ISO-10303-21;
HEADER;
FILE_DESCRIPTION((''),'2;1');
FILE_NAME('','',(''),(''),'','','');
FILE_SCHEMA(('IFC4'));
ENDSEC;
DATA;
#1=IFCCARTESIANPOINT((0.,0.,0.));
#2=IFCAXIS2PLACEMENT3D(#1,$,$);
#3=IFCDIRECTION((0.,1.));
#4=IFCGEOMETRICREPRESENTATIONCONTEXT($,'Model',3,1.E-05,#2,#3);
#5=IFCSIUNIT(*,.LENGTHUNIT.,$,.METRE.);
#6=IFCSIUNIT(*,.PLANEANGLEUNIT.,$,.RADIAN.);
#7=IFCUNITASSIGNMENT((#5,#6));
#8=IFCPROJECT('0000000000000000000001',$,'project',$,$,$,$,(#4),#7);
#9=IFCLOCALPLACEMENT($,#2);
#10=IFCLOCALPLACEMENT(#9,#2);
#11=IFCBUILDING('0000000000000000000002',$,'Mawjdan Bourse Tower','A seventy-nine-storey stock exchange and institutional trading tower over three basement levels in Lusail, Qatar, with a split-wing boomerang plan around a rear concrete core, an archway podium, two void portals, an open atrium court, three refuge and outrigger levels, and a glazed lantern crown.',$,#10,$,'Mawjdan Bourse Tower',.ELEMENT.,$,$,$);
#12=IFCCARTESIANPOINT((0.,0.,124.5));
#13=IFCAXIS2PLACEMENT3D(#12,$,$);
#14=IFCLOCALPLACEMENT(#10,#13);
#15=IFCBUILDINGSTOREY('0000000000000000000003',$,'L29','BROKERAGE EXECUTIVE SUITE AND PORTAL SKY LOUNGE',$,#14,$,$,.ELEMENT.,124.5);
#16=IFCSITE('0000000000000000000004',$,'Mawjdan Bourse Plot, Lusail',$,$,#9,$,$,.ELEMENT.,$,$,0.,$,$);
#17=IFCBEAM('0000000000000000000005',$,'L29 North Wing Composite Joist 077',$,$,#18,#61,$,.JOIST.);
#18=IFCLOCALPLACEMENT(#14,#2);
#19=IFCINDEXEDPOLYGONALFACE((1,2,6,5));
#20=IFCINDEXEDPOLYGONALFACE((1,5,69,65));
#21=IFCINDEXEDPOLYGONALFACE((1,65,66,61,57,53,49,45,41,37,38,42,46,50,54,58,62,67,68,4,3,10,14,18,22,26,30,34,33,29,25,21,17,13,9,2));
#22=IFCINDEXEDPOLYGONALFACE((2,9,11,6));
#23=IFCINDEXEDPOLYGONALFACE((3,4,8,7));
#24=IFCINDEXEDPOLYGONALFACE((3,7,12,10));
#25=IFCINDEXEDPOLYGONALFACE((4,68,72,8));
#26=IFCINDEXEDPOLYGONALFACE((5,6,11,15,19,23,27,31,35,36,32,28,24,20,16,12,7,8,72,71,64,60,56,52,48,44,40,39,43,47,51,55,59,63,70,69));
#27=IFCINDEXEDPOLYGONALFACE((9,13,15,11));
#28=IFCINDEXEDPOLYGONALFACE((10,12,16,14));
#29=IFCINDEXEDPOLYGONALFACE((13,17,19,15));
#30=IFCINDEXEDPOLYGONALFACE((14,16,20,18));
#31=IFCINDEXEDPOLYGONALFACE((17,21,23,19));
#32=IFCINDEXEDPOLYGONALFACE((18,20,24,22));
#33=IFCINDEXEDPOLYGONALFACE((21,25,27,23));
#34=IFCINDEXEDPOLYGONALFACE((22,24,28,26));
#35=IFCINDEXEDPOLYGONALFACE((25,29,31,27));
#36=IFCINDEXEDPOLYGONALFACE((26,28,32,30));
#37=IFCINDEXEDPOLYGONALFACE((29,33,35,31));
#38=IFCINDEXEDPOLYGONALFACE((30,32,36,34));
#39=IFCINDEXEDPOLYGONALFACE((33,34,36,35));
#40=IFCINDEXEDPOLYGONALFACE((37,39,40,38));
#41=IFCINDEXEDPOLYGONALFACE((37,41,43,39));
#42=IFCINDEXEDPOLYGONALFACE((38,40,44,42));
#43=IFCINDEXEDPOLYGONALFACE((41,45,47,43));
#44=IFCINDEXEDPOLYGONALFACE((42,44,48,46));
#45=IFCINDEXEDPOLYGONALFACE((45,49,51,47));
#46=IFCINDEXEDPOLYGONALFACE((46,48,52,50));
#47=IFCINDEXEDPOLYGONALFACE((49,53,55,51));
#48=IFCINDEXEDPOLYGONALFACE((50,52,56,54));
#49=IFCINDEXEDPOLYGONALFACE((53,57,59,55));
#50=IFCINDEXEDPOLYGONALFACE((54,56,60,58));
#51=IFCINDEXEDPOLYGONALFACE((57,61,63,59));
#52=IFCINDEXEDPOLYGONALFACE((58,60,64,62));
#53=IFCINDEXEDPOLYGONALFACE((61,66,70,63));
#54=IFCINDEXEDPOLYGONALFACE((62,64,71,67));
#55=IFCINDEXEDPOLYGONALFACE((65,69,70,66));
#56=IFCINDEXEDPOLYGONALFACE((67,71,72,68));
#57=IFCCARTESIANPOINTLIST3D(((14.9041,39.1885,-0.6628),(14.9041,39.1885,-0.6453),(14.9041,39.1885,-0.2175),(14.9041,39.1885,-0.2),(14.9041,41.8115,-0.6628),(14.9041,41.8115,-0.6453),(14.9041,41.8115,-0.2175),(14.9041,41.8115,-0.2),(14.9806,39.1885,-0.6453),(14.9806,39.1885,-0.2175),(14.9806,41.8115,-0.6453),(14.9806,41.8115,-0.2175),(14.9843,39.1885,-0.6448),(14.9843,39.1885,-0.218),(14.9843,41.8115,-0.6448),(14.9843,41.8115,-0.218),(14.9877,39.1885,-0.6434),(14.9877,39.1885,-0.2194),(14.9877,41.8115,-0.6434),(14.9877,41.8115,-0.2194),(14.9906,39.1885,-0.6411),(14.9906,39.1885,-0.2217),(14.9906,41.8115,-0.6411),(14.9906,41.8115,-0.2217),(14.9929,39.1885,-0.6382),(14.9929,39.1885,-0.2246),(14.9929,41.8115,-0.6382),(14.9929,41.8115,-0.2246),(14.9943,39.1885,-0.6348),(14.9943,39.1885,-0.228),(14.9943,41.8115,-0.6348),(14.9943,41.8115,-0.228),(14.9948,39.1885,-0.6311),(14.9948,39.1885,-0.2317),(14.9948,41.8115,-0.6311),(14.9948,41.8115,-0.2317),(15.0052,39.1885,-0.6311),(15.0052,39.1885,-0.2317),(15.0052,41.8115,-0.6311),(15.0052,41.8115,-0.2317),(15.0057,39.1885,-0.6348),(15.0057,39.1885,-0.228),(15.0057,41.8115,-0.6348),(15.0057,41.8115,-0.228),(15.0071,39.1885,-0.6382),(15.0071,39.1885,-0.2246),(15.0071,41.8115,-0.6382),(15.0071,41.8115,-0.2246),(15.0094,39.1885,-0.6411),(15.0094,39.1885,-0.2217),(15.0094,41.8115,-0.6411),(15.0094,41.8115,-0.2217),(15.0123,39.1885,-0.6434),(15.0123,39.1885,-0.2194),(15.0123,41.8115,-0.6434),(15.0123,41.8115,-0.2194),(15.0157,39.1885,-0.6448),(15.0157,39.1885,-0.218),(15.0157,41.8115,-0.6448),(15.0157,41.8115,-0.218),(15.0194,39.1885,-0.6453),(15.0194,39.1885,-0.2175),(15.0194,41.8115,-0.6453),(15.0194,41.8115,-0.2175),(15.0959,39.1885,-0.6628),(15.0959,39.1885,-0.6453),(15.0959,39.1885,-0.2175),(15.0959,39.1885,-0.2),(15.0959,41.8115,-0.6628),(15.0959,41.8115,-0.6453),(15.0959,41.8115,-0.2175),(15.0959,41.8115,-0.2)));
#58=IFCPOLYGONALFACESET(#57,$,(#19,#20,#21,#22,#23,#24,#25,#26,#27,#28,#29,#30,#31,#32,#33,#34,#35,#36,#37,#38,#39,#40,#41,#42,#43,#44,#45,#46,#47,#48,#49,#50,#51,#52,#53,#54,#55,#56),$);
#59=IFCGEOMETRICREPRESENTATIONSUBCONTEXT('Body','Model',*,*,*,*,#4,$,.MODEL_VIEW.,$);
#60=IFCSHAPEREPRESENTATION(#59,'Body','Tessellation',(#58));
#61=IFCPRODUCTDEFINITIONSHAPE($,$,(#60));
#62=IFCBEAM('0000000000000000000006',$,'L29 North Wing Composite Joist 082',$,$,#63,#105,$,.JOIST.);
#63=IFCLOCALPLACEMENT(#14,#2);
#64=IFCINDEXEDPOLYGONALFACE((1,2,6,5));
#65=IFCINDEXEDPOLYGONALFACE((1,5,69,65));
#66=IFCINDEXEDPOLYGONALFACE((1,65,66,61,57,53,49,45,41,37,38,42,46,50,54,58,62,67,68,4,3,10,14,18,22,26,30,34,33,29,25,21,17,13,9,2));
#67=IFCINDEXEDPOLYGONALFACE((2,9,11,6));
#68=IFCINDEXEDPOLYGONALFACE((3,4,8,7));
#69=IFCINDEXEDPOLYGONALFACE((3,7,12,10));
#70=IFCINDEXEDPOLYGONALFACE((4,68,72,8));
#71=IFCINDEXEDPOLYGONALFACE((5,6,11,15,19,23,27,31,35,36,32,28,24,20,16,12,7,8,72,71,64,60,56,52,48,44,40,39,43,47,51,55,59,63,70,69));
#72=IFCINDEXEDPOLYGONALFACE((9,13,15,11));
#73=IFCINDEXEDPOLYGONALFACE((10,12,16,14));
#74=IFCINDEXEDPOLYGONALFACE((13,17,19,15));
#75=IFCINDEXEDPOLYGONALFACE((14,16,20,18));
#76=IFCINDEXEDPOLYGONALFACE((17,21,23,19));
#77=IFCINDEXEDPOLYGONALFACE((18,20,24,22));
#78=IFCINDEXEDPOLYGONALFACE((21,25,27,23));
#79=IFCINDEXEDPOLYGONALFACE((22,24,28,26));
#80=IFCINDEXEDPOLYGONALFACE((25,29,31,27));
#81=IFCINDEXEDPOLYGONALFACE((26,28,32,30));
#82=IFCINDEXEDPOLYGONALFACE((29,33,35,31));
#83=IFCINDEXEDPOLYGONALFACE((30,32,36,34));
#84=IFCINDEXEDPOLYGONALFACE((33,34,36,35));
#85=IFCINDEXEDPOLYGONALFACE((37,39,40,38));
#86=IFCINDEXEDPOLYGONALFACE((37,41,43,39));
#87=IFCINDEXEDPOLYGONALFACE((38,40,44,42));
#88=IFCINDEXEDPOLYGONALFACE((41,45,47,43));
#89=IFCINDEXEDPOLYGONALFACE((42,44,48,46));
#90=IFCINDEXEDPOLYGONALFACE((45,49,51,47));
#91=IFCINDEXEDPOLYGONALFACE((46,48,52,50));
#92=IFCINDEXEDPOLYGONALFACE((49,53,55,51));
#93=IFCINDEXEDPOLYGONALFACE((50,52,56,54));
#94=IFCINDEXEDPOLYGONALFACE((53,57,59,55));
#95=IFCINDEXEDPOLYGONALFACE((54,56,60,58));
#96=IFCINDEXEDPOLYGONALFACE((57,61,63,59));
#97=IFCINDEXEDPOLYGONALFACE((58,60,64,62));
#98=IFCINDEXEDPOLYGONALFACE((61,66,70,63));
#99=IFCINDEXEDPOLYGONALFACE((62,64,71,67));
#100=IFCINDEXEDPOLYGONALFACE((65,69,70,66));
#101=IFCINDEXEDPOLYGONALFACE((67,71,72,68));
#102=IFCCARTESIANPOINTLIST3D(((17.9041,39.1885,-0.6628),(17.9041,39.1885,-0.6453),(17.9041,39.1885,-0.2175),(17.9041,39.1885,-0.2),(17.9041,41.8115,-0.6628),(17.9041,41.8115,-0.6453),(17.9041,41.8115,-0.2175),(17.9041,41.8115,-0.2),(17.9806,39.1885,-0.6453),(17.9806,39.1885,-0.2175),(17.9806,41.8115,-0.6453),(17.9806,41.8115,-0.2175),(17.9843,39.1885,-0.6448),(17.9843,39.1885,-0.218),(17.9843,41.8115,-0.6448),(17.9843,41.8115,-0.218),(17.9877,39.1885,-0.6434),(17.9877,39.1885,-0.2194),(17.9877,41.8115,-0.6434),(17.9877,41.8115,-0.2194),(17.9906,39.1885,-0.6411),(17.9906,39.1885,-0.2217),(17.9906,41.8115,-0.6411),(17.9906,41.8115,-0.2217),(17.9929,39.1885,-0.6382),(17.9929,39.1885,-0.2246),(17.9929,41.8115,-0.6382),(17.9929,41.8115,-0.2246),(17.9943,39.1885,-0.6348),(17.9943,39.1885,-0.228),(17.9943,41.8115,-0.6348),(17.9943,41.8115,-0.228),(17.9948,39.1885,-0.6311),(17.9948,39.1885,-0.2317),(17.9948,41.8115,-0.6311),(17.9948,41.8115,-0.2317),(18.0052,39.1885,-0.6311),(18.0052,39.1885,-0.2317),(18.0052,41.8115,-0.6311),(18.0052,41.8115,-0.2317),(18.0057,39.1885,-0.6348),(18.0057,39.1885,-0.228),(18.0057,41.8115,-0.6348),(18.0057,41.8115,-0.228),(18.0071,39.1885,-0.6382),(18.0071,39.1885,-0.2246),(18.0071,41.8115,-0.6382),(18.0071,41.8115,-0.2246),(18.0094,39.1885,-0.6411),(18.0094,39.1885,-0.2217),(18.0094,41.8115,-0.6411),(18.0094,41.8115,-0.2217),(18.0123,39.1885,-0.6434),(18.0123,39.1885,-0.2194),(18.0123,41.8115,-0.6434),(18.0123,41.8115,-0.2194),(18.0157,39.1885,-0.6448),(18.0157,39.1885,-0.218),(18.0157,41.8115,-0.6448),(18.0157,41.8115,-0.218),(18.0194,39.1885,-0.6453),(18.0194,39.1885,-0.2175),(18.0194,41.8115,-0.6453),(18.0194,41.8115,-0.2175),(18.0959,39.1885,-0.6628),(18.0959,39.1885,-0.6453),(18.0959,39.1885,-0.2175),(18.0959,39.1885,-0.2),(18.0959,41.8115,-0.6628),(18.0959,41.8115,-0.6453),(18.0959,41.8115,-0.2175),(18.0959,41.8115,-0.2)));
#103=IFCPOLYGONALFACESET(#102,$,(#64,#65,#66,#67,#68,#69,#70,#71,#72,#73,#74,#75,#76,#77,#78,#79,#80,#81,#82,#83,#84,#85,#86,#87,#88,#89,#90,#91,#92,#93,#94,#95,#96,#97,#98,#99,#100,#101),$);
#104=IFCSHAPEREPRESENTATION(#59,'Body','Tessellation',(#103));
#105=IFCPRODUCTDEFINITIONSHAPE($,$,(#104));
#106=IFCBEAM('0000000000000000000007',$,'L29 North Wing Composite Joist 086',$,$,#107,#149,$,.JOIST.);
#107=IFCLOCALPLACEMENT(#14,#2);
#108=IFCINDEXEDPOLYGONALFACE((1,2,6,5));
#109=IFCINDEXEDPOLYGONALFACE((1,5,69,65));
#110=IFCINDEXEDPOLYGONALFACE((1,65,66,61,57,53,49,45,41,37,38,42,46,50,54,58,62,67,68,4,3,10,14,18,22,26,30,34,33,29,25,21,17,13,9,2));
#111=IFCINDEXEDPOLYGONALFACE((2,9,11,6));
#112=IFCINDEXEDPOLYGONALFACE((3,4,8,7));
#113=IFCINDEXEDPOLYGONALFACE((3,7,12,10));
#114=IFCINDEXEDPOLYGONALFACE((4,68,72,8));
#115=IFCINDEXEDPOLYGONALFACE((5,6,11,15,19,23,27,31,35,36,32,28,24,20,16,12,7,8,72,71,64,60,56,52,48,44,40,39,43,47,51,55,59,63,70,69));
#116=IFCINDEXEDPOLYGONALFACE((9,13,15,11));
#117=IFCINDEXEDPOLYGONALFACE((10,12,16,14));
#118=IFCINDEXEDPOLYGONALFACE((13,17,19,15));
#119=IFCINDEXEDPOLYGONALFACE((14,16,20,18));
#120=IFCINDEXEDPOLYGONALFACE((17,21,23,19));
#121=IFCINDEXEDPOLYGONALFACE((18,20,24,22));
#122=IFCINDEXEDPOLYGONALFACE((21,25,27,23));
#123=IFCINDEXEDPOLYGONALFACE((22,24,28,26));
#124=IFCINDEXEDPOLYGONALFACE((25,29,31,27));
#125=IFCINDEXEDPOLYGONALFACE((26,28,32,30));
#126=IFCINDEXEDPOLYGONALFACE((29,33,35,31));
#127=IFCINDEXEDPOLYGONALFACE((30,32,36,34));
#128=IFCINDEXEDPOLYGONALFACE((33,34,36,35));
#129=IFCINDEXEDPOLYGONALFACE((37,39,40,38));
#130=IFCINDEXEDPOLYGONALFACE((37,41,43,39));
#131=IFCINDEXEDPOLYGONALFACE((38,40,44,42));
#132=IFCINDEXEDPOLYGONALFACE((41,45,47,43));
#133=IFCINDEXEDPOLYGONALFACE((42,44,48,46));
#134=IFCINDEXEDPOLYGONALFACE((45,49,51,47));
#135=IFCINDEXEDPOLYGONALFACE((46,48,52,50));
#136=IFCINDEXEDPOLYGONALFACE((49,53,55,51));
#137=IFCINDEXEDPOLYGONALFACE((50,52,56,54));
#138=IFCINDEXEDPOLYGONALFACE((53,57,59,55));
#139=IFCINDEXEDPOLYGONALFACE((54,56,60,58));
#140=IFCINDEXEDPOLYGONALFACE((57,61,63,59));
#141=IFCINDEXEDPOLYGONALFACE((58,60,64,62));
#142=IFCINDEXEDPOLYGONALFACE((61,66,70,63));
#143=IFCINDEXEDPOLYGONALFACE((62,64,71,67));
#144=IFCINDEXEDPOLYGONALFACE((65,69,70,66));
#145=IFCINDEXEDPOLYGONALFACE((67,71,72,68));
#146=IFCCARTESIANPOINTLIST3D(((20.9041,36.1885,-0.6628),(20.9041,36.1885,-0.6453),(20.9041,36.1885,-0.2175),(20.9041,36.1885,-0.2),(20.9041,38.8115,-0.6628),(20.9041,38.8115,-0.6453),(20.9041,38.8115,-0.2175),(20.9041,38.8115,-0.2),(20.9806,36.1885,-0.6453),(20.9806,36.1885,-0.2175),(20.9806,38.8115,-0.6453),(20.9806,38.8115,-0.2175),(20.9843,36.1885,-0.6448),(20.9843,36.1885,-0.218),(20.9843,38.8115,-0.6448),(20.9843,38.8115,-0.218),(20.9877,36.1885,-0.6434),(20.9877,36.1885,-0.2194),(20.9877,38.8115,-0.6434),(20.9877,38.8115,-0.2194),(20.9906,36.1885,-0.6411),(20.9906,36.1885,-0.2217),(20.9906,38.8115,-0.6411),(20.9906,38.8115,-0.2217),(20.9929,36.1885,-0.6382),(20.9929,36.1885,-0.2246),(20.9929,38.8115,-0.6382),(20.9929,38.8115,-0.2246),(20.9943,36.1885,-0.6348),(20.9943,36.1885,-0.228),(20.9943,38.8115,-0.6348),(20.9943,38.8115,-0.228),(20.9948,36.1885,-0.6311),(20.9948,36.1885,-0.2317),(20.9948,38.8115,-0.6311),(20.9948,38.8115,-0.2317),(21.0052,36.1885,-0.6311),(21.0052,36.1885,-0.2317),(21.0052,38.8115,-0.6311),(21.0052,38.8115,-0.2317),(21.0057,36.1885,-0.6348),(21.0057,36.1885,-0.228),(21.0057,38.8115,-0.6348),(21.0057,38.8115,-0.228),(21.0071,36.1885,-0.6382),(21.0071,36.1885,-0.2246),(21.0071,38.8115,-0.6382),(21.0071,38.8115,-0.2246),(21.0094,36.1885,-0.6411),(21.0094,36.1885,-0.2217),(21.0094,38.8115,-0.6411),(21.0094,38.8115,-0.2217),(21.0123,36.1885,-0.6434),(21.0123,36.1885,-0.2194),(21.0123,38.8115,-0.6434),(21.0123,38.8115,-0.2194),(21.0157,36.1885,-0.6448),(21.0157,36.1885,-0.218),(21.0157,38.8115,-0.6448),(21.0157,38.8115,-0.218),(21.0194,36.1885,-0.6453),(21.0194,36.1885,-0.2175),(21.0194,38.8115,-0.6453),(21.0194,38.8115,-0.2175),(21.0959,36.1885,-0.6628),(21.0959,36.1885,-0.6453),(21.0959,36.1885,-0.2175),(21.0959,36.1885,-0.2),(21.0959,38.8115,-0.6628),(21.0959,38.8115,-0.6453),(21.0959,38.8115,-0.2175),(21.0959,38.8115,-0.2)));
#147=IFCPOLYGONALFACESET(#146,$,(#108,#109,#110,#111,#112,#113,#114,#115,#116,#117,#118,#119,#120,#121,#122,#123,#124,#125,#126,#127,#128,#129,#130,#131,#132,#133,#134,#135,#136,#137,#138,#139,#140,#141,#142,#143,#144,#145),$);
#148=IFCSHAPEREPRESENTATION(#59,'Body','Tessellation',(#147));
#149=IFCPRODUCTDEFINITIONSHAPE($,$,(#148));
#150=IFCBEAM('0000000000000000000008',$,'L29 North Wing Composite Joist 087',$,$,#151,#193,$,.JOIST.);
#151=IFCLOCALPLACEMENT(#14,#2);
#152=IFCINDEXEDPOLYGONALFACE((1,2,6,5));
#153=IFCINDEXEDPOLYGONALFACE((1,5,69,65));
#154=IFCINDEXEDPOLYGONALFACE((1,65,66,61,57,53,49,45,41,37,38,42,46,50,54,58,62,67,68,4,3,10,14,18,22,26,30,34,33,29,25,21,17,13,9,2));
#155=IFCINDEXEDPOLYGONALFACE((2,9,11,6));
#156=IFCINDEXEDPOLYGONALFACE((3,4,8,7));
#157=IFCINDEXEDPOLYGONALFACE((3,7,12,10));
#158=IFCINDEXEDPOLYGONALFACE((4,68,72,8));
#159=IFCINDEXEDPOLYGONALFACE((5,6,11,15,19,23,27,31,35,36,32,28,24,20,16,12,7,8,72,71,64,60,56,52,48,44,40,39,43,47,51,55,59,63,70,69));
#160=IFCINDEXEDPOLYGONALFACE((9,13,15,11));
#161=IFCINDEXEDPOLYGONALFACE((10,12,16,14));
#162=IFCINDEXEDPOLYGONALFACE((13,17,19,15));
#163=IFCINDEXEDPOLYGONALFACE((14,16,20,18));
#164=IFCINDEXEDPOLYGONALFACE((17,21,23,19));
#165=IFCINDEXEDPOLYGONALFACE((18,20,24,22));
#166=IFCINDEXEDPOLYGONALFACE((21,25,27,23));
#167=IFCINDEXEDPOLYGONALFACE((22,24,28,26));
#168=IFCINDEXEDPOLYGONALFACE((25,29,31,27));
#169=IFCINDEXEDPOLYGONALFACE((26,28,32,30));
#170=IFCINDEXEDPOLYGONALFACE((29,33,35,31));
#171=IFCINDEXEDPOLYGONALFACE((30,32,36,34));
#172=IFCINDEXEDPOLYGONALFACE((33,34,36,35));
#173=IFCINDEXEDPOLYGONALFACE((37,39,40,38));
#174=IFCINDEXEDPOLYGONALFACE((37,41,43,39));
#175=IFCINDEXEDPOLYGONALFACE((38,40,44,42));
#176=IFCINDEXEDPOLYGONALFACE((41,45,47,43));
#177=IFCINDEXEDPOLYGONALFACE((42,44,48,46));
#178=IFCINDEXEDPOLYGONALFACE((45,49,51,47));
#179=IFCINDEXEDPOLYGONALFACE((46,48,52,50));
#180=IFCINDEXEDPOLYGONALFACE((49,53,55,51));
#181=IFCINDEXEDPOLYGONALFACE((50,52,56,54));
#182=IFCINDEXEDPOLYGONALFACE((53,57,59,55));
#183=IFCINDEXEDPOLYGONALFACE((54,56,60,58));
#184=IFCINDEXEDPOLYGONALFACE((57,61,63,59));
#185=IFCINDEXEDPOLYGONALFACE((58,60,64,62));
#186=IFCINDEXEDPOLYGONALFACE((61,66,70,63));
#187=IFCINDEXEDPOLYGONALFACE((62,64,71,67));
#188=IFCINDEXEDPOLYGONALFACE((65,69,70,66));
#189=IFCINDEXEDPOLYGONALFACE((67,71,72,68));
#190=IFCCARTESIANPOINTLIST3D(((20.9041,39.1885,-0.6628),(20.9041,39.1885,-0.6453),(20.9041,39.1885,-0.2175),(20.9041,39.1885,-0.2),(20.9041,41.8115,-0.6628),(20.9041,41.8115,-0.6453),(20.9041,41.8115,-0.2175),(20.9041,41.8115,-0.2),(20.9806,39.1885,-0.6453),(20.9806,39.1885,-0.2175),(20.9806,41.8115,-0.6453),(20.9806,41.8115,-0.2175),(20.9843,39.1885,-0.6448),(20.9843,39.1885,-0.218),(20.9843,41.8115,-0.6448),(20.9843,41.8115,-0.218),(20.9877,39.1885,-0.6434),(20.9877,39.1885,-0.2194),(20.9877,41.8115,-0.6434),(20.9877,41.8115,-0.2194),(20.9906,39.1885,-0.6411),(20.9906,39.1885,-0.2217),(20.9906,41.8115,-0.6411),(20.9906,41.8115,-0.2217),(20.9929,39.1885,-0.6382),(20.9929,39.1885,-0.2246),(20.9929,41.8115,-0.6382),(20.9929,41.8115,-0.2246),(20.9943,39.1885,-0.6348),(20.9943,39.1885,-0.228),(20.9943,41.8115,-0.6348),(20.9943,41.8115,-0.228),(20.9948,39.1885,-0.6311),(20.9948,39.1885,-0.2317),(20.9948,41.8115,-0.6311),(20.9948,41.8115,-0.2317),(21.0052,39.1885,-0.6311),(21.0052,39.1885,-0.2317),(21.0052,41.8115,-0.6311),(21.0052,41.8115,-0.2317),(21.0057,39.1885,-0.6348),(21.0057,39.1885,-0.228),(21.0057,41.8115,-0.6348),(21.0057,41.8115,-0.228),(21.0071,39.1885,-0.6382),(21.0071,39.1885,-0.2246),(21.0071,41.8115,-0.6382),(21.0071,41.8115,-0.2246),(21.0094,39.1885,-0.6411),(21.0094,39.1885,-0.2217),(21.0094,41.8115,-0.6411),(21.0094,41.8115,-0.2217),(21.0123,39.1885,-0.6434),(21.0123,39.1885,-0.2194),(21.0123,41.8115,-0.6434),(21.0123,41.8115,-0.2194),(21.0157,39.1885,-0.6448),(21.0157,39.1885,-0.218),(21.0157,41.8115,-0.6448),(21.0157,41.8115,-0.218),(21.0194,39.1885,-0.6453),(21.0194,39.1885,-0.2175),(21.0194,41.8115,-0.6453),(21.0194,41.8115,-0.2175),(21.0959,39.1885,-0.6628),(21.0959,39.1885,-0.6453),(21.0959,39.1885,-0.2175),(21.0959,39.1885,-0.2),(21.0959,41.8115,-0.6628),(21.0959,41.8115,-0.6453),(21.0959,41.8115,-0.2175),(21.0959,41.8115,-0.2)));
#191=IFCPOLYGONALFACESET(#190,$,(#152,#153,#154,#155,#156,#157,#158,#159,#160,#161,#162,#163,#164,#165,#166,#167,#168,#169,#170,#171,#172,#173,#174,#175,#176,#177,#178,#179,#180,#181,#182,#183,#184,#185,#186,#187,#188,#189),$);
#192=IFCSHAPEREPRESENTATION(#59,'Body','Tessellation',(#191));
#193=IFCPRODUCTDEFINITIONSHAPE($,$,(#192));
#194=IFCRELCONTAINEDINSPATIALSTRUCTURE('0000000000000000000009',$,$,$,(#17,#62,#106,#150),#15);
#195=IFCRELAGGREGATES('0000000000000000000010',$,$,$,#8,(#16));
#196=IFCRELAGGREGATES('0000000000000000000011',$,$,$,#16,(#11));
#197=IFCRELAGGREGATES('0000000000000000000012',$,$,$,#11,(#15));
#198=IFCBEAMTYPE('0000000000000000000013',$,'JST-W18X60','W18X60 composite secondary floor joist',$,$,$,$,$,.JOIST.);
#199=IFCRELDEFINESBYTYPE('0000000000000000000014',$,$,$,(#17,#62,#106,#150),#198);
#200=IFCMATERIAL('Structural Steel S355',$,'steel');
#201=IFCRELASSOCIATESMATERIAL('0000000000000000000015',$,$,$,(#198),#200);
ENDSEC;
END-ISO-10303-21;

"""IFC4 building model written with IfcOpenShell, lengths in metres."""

from ifc_helpers import new_model, si_unit, direction, frame, origin, origin_2d, place, context, subcontext, project, spatial, i_section, extrude, material, material_profile, profile_set, type_object, element, save


model = new_model("IFC4")

# Units and contexts
model_context = context("Model", 3, precision=1e-05, world=origin(), true_north=direction((0.0, 1.0)))
body_context = subcontext(model_context, "Body", "Model", "MODEL_VIEW")
ifc_project = project(units=[si_unit("LENGTHUNIT", "METRE"), si_unit("PLANEANGLEUNIT", "RADIAN")], contexts=[model_context])

# Site, building, storey
site_placement = place(None, origin())
site = spatial("IfcSite", under=ifc_project, at=site_placement, Name="Mawjdan Bourse Plot, Lusail", CompositionType="ELEMENT", RefElevation=0.0)
building_placement = place(site_placement, origin())
building = spatial("IfcBuilding", under=site, at=building_placement, Name="Mawjdan Bourse Tower", Description="A seventy-nine-storey stock exchange and institutional trading tower over three basement levels in Lusail, Qatar, with a split-wing boomerang plan around a rear concrete core, an archway podium, two void portals, an open atrium court, three refuge and outrigger levels, and a glazed lantern crown.", LongName="Mawjdan Bourse Tower", CompositionType="ELEMENT")
storey_placement = place(building_placement, frame((0.0, 0.0, 124.5)))
storey = spatial("IfcBuildingStorey", under=building, at=storey_placement, Name="L29", Description="BROKERAGE EXECUTIVE SUITE AND PORTAL SKY LOUNGE", CompositionType="ELEMENT", Elevation=124.5)

# Beams
ifc_material_1 = material(Name="Structural Steel S355", Category="steel")
ifc_material_profile_1 = material_profile(ifc_material_1, i_section(OverallWidth=0.1919, OverallDepth=0.4629, WebThickness=0.0105, FlangeThickness=0.0176, FilletRadius=0.0142, at=origin_2d()), Name="W18X60")
ifc_profile_set_1 = profile_set([ifc_material_profile_1], Name="Structural Steel S355")
beam_type_1 = type_object("IfcBeamType", Name="JST-W18X60", Description="W18X60 composite secondary floor joist", PredefinedType="JOIST", material=ifc_profile_set_1)
for number, where, z_axis, x_axis, name in (
    (1, (15.0, 39.1885, -0.4314), (0.0, 1.0, 0.0), (-1.0, 0.0, 0.0), "L29 North Wing Composite Joist 077"),
    (2, (18.0, 39.1885, -0.4314), (0.0, 1.0, 0.0), (-1.0, 0.0, 0.0), "L29 North Wing Composite Joist 082"),
    (3, (21.0, 36.1885, -0.4314), (0.0, 1.0, 0.0), (-1.0, 0.0, 0.0), "L29 North Wing Composite Joist 086"),
    (4, (21.0, 39.1885, -0.4314), (0.0, 1.0, 0.0), (-1.0, 0.0, 0.0), "L29 North Wing Composite Joist 087"),
):
    element("IfcBeam", number, at=place(storey_placement, frame(where, z_axis=z_axis, x_axis=x_axis)), inside=storey, type_object=beam_type_1, Name=name, PredefinedType="JOIST", context=body_context, shape_type="SweptSolid", body=[
        extrude(i_section(OverallWidth=0.1919, OverallDepth=0.4629, WebThickness=0.0105, FlangeThickness=0.0176, FilletRadius=0.0142, at=origin_2d()), origin(), (0.0, 0.0, 1.0), 2.623),
    ])

save(model, "model.ifc")
